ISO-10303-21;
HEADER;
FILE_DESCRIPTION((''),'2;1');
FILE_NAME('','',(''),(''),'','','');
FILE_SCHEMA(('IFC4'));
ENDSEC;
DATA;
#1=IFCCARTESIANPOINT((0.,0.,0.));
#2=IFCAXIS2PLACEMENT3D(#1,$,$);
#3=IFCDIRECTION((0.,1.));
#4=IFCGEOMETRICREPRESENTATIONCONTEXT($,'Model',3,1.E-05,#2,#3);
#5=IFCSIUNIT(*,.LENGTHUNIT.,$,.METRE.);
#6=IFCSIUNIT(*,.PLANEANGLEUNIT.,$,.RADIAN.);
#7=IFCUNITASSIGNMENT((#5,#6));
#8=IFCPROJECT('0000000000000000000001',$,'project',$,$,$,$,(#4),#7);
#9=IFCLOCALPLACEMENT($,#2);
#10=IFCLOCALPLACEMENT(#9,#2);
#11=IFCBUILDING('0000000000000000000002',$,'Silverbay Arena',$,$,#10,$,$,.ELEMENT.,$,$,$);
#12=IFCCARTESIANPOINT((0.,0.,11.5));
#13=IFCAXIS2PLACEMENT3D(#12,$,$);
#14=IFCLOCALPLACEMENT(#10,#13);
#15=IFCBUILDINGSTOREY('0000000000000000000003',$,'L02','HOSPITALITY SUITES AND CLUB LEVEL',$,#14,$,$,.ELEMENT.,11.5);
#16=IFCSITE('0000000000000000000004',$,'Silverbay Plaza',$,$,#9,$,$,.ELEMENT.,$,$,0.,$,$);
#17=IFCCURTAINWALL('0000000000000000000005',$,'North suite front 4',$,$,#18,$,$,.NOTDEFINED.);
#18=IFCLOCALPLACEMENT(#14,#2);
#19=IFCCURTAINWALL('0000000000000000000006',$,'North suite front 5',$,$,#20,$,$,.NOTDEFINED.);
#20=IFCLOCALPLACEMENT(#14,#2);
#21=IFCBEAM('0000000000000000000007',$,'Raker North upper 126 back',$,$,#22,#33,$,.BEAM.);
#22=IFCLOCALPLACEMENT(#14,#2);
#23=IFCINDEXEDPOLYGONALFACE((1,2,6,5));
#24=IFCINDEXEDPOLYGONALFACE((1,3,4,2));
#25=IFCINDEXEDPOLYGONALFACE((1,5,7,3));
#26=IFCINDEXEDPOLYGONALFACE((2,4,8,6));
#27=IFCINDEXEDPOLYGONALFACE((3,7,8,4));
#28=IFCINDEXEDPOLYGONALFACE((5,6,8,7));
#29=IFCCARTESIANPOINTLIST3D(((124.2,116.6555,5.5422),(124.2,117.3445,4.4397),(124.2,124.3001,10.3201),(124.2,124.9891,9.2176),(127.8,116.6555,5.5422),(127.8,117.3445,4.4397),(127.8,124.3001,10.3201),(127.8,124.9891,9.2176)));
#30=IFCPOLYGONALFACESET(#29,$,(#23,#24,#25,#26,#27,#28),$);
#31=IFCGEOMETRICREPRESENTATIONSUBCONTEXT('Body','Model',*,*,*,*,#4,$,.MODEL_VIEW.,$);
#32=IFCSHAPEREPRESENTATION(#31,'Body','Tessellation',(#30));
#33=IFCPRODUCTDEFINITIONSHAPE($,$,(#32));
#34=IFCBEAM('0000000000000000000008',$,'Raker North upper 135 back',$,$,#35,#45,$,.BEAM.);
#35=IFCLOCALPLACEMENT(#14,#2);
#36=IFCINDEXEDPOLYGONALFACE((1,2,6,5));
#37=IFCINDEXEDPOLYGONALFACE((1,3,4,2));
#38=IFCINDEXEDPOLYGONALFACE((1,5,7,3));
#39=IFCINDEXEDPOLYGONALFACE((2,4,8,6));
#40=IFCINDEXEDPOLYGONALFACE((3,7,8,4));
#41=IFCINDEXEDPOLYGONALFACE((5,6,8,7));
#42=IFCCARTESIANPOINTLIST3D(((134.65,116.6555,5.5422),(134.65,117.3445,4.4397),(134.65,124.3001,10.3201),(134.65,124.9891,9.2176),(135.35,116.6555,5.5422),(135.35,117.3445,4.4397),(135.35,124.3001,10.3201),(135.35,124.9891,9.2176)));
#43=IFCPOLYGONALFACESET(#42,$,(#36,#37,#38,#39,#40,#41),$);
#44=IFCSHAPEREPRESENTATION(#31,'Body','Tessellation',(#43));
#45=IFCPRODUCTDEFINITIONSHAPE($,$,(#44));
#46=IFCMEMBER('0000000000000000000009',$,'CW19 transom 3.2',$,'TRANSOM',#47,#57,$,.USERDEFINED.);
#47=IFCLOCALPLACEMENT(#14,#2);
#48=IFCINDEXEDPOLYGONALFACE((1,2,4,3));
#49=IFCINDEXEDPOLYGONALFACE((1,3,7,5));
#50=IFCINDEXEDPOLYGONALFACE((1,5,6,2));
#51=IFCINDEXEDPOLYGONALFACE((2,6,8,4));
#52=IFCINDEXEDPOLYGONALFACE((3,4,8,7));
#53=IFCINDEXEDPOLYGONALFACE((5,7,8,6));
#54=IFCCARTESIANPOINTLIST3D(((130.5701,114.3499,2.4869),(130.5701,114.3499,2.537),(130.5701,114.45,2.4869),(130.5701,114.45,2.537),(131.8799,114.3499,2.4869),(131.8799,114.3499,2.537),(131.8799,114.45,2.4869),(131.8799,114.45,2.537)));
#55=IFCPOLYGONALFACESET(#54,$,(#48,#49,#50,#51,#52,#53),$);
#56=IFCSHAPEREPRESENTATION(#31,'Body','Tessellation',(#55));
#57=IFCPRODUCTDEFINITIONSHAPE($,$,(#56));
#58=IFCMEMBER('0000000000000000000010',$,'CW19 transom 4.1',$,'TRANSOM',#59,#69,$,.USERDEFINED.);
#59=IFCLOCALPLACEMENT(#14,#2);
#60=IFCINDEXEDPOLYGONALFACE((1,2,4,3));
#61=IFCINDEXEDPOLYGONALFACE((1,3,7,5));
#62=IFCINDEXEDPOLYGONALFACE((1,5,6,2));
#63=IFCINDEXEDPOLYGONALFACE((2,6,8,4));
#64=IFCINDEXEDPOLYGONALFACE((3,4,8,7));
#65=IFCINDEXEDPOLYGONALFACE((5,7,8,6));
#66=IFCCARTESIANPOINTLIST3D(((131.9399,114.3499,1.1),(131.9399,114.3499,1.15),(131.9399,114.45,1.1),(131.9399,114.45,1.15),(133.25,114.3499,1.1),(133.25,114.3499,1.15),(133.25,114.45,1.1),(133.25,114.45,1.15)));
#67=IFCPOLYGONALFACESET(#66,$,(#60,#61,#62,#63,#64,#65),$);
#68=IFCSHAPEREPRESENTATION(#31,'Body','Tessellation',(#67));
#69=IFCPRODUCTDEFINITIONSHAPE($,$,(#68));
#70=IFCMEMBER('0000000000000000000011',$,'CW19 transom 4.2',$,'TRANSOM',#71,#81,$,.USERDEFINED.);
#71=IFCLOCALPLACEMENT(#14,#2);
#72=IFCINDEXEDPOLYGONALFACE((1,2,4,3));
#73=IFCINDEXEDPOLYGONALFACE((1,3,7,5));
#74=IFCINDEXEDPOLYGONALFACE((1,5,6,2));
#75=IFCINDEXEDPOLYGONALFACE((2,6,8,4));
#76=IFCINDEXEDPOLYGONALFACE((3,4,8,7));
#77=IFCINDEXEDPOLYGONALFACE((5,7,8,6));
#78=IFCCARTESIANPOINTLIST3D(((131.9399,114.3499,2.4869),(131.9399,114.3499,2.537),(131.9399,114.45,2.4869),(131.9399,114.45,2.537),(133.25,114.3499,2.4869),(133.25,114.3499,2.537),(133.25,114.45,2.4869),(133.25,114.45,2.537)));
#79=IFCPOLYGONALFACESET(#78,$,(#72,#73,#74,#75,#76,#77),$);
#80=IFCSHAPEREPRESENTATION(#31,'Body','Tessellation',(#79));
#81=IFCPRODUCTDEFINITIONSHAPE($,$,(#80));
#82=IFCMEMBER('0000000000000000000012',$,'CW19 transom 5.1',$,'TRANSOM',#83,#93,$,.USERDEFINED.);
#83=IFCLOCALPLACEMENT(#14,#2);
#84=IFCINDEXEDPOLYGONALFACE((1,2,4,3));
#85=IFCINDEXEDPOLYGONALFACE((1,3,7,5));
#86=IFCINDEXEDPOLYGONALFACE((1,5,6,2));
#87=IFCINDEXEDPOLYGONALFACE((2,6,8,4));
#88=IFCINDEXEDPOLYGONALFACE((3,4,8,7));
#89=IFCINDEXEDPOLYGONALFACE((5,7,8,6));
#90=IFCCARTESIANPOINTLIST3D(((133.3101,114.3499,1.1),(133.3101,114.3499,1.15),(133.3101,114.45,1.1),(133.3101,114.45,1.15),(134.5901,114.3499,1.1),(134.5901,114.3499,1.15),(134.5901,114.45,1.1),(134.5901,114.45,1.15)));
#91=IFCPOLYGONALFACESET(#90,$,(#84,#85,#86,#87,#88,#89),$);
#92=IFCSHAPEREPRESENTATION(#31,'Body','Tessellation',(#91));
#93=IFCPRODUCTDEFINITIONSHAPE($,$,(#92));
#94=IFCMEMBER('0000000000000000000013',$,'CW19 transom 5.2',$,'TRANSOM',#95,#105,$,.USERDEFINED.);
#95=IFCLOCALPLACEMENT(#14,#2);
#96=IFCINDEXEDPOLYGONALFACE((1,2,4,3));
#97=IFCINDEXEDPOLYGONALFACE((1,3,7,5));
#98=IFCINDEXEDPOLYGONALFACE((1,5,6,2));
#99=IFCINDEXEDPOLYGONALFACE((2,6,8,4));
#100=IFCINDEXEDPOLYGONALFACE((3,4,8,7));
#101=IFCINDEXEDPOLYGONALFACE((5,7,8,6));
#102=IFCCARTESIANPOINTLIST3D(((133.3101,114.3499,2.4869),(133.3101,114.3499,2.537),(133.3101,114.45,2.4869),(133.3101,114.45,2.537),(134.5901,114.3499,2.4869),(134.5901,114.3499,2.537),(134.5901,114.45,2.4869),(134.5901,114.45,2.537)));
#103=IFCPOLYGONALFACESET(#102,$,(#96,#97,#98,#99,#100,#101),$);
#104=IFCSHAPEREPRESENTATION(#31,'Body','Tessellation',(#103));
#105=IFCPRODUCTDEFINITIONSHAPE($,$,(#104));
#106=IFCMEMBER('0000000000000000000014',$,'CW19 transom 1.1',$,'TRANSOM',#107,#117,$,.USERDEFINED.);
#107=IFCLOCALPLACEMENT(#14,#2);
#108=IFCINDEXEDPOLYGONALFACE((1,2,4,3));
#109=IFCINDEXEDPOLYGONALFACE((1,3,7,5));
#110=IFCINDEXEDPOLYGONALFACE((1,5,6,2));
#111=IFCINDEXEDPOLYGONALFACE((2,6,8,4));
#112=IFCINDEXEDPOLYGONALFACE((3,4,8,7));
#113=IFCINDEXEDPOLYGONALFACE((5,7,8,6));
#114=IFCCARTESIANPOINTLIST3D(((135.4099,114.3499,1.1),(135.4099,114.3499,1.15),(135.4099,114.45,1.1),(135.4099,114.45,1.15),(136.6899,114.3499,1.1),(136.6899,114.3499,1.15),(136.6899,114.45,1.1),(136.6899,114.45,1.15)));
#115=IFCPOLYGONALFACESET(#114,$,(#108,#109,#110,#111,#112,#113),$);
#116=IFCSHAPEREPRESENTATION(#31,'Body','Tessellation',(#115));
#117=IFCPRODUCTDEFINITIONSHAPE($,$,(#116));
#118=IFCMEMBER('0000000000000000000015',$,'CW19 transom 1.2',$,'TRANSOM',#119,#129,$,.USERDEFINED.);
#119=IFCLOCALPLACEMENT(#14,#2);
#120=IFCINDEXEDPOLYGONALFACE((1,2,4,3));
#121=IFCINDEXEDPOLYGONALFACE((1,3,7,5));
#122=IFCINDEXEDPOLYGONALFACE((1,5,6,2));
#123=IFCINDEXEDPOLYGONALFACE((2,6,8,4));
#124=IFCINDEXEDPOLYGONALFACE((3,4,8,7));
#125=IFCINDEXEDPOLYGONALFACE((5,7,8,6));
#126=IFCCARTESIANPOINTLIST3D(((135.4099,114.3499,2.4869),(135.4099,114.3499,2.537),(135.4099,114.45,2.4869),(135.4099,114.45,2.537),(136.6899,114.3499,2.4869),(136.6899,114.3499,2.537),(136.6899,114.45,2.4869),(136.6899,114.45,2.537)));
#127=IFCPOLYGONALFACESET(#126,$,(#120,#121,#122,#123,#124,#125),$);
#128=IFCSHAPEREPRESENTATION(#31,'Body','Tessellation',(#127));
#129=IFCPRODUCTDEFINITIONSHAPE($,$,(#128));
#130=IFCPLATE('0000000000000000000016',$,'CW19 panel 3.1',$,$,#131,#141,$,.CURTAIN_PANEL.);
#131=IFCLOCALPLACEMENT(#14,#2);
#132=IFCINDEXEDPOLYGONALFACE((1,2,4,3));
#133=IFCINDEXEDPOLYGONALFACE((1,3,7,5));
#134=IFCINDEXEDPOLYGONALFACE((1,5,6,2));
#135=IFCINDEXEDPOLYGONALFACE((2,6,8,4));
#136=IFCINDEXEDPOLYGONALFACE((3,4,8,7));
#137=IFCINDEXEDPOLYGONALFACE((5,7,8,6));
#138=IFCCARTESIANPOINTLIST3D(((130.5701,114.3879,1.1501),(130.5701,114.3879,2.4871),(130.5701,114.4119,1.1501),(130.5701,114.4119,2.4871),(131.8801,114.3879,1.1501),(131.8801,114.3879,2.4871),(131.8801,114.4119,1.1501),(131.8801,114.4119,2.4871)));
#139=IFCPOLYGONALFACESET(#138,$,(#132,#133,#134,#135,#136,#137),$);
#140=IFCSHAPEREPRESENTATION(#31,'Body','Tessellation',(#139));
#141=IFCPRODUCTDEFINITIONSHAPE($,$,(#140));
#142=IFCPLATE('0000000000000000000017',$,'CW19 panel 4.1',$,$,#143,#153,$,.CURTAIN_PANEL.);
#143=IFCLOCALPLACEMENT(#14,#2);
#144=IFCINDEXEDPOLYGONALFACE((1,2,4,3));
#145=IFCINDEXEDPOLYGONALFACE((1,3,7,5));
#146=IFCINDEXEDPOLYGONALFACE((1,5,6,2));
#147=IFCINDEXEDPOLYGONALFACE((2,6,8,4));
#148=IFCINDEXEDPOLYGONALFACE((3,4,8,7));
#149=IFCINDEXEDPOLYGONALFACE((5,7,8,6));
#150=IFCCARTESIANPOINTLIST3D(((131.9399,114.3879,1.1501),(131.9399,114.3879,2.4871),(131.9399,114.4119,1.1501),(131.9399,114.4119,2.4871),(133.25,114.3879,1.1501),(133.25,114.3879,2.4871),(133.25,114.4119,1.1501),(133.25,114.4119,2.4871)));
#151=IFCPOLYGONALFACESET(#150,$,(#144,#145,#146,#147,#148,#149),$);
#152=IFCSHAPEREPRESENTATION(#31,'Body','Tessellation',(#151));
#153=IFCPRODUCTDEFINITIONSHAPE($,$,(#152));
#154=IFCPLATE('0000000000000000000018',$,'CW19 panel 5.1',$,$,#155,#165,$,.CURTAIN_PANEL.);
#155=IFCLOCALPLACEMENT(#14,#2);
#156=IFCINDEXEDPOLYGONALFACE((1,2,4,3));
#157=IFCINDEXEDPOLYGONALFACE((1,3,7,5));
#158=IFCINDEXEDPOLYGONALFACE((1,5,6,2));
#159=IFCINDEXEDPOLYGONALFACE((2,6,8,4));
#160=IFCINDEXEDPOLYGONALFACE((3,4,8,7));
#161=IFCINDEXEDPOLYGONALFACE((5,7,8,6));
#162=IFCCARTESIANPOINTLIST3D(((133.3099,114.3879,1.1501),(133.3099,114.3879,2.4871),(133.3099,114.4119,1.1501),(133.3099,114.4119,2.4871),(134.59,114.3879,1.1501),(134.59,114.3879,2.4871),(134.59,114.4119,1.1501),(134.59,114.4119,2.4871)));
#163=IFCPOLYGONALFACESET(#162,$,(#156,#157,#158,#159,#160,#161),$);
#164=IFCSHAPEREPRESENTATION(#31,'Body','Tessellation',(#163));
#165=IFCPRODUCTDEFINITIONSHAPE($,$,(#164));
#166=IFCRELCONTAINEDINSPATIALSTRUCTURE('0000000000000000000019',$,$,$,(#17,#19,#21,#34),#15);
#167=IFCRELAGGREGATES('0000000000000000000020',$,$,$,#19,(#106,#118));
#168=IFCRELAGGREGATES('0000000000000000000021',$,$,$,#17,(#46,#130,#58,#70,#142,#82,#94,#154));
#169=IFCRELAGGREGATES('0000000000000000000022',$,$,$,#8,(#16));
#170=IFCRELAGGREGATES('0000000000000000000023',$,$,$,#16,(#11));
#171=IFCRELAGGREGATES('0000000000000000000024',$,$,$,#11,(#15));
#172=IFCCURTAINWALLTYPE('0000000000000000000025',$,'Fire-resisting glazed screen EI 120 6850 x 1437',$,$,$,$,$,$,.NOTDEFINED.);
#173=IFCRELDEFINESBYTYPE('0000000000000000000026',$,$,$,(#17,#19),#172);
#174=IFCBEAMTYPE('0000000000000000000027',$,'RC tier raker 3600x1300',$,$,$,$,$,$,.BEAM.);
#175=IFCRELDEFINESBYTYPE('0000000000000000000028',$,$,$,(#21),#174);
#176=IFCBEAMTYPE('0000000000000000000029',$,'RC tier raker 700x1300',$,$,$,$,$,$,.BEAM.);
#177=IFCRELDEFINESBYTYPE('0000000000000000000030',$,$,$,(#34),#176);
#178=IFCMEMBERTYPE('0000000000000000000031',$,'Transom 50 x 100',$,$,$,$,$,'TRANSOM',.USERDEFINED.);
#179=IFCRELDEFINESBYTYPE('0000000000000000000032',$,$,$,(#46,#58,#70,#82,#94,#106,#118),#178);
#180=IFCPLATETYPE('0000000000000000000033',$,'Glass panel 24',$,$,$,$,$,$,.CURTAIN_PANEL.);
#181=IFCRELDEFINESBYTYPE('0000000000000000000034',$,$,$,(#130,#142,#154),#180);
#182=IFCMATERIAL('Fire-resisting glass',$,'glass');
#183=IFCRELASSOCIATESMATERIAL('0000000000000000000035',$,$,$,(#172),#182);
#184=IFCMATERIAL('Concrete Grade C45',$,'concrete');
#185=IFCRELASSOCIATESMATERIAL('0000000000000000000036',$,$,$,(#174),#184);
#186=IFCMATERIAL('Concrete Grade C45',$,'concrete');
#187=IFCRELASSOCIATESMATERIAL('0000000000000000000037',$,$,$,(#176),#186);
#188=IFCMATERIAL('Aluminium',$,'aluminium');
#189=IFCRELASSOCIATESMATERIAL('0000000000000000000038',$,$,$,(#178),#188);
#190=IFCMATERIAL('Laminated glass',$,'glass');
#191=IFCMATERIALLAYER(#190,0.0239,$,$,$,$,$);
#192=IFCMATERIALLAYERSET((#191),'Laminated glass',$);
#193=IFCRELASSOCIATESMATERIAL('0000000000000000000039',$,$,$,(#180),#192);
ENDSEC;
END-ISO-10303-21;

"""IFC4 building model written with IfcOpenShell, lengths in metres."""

from ifc_helpers import new_model, si_unit, direction, frame, origin, origin_2d, place, context, subcontext, project, spatial, rectangle, extrude, material, layer, layer_set, material_profile, profile_set, type_object, element, aggregate, save


model = new_model("IFC4")

# Units and contexts
model_context = context("Model", 3, precision=1e-05, world=origin(), true_north=direction((0.0, 1.0)))
body_context = subcontext(model_context, "Body", "Model", "MODEL_VIEW")
ifc_project = project(units=[si_unit("LENGTHUNIT", "METRE"), si_unit("PLANEANGLEUNIT", "RADIAN")], contexts=[model_context])

# Site, building, storey
site_placement = place(None, origin())
site = spatial("IfcSite", under=ifc_project, at=site_placement, Name="Silverbay Plaza", CompositionType="ELEMENT", RefElevation=0.0)
building_placement = place(site_placement, origin())
building = spatial("IfcBuilding", under=site, at=building_placement, Name="Silverbay Arena", CompositionType="ELEMENT")
storey_placement = place(building_placement, frame((0.0, 0.0, 11.5)))
storey = spatial("IfcBuildingStorey", under=building, at=storey_placement, Name="L02", Description="HOSPITALITY SUITES AND CLUB LEVEL", CompositionType="ELEMENT", Elevation=11.5)

# Curtain wall
ifc_material_1 = material(Name="Fire-resisting glass", Category="glass")
curtain_wall_type = type_object("IfcCurtainWallType", Name="Fire-resisting glazed screen EI 120 6850 x 1437", PredefinedType="NOTDEFINED", material=ifc_material_1)
curtain_wall_1_placement = place(storey_placement, origin())
curtain_wall_1 = element("IfcCurtainWall", 1, at=curtain_wall_1_placement, inside=storey, type_object=curtain_wall_type, Name="North suite front 4", PredefinedType="NOTDEFINED")

# Curtain wall
curtain_wall_2_placement = place(storey_placement, origin())
curtain_wall_2 = element("IfcCurtainWall", 2, at=curtain_wall_2_placement, inside=storey, type_object=curtain_wall_type, Name="North suite front 5", PredefinedType="NOTDEFINED")

# Beams
ifc_material_2 = material(Name="Concrete Grade C45", Category="concrete")
ifc_material_profile_1 = material_profile(ifc_material_2, rectangle(XDim=3.6001, YDim=1.3, at=origin_2d()), Name="RC 3600x1300")
ifc_profile_set_1 = profile_set([ifc_material_profile_1], Name="Concrete Grade C45")
beam_type_1 = type_object("IfcBeamType", Name="RC tier raker 3600x1300", PredefinedType="BEAM", material=ifc_profile_set_1)
beam_1_placement = place(storey_placement, frame((126.0, 117.0, 4.991), z_axis=(0.0, 0.847998, 0.529999), x_axis=(-1.0, 0.0, 0.0)))
element("IfcBeam", 3, at=beam_1_placement, inside=storey, type_object=beam_type_1, Name="Raker North upper 126 back", PredefinedType="BEAM", context=body_context, shape_type="SweptSolid", body=[
    extrude(rectangle(XDim=3.6001, YDim=1.3, at=origin_2d()), origin(), (0.0, 0.0, 1.0), 9.0149),
])
ifc_material_3 = material(Name="Concrete Grade C45", Category="concrete")
ifc_material_profile_2 = material_profile(ifc_material_3, rectangle(XDim=0.7, YDim=1.3, at=origin_2d()), Name="RC 700x1300")
ifc_profile_set_2 = profile_set([ifc_material_profile_2], Name="Concrete Grade C45")
beam_type_2 = type_object("IfcBeamType", Name="RC tier raker 700x1300", PredefinedType="BEAM", material=ifc_profile_set_2)
beam_2_placement = place(storey_placement, frame((135.0, 117.0, 4.991), z_axis=(0.0, 0.847998, 0.529999), x_axis=(-1.0, 0.0, 0.0)))
element("IfcBeam", 4, at=beam_2_placement, inside=storey, type_object=beam_type_2, Name="Raker North upper 135 back", PredefinedType="BEAM", context=body_context, shape_type="SweptSolid", body=[
    extrude(rectangle(XDim=0.7, YDim=1.3, at=origin_2d()), origin(), (0.0, 0.0, 1.0), 9.0149),
])

# Members
ifc_material_4 = material(Name="Aluminium", Category="aluminium")
ifc_material_profile_3 = material_profile(ifc_material_4, rectangle(XDim=0.1001, YDim=0.05, at=origin_2d()), Name="Transom 50 x 100")
ifc_profile_set_3 = profile_set([ifc_material_profile_3], Name="Aluminium")
member_type_1 = type_object("IfcMemberType", Name="Transom 50 x 100", ElementType="TRANSOM", PredefinedType="USERDEFINED", material=ifc_profile_set_3)
member_1_placement = place(storey_placement, frame((130.5701, 114.3999, 2.512), z_axis=(1.0, 0.0, 0.0), x_axis=(0.0, 1.0, 0.0)))
member_1 = element("IfcMember", 5, at=member_1_placement, type_object=member_type_1, Name="CW19 transom 3.2", ObjectType="TRANSOM", PredefinedType="USERDEFINED", context=body_context, shape_type="SweptSolid", body=[
    extrude(rectangle(XDim=0.1001, YDim=0.05, at=origin_2d()), origin(), (0.0, 0.0, 1.0), 1.3098),
])
member_2_placement = place(storey_placement, frame((131.9399, 114.3999, 1.125), z_axis=(1.0, 0.0, 0.0), x_axis=(0.0, 1.0, 0.0)))
member_2 = element("IfcMember", 6, at=member_2_placement, type_object=member_type_1, Name="CW19 transom 4.1", ObjectType="TRANSOM", PredefinedType="USERDEFINED", context=body_context, shape_type="SweptSolid", body=[
    extrude(rectangle(XDim=0.1001, YDim=0.05, at=origin_2d()), origin(), (0.0, 0.0, 1.0), 1.3101),
])
member_3_placement = place(storey_placement, frame((131.9399, 114.3999, 2.512), z_axis=(1.0, 0.0, 0.0), x_axis=(0.0, 1.0, 0.0)))
member_3 = element("IfcMember", 7, at=member_3_placement, type_object=member_type_1, Name="CW19 transom 4.2", ObjectType="TRANSOM", PredefinedType="USERDEFINED", context=body_context, shape_type="SweptSolid", body=[
    extrude(rectangle(XDim=0.1001, YDim=0.05, at=origin_2d()), origin(), (0.0, 0.0, 1.0), 1.3101),
])
member_4_placement = place(storey_placement, frame((133.3101, 114.3999, 1.125), z_axis=(1.0, 0.0, 0.0), x_axis=(0.0, 1.0, 0.0)))
member_4 = element("IfcMember", 8, at=member_4_placement, type_object=member_type_1, Name="CW19 transom 5.1", ObjectType="TRANSOM", PredefinedType="USERDEFINED", context=body_context, shape_type="SweptSolid", body=[
    extrude(rectangle(XDim=0.1001, YDim=0.05, at=origin_2d()), origin(), (0.0, 0.0, 1.0), 1.28),
])
member_5_placement = place(storey_placement, frame((133.3101, 114.3999, 2.512), z_axis=(1.0, 0.0, 0.0), x_axis=(0.0, 1.0, 0.0)))
member_5 = element("IfcMember", 9, at=member_5_placement, type_object=member_type_1, Name="CW19 transom 5.2", ObjectType="TRANSOM", PredefinedType="USERDEFINED", context=body_context, shape_type="SweptSolid", body=[
    extrude(rectangle(XDim=0.1001, YDim=0.05, at=origin_2d()), origin(), (0.0, 0.0, 1.0), 1.28),
])
member_6_placement = place(storey_placement, frame((135.4099, 114.3999, 1.125), z_axis=(1.0, 0.0, 0.0), x_axis=(0.0, 1.0, 0.0)))
member_6 = element("IfcMember", 10, at=member_6_placement, type_object=member_type_1, Name="CW19 transom 1.1", ObjectType="TRANSOM", PredefinedType="USERDEFINED", context=body_context, shape_type="SweptSolid", body=[
    extrude(rectangle(XDim=0.1001, YDim=0.05, at=origin_2d()), origin(), (0.0, 0.0, 1.0), 1.28),
])
member_7_placement = place(storey_placement, frame((135.4099, 114.3999, 2.512), z_axis=(1.0, 0.0, 0.0), x_axis=(0.0, 1.0, 0.0)))
member_7 = element("IfcMember", 11, at=member_7_placement, type_object=member_type_1, Name="CW19 transom 1.2", ObjectType="TRANSOM", PredefinedType="USERDEFINED", context=body_context, shape_type="SweptSolid", body=[
    extrude(rectangle(XDim=0.1001, YDim=0.05, at=origin_2d()), origin(), (0.0, 0.0, 1.0), 1.28),
])
aggregate(curtain_wall_2, [member_6, member_7])

# Plates
ifc_material_5 = material(Name="Laminated glass", Category="glass")
ifc_layer_1 = layer(ifc_material_5, 0.0239)
ifc_layer_set_1 = layer_set([ifc_layer_1], Name="Laminated glass")
plate_type = type_object("IfcPlateType", Name="Glass panel 24", PredefinedType="CURTAIN_PANEL", material=ifc_layer_set_1)
plate_1_placement = place(storey_placement, frame((131.2251, 114.3999, 1.1501), z_axis=(0.0, 0.0, 1.0), x_axis=(1.0, 0.0, 0.0)))
plate_1 = element("IfcPlate", 12, at=plate_1_placement, type_object=plate_type, Name="CW19 panel 3.1", PredefinedType="CURTAIN_PANEL", context=body_context, shape_type="SweptSolid", body=[
    extrude(rectangle(XDim=1.3101, YDim=0.0239, at=origin_2d()), origin(), (0.0, 0.0, 1.0), 1.3369),
])
plate_2_placement = place(storey_placement, frame((132.595, 114.3999, 1.1501), z_axis=(0.0, 0.0, 1.0), x_axis=(1.0, 0.0, 0.0)))
plate_2 = element("IfcPlate", 13, at=plate_2_placement, type_object=plate_type, Name="CW19 panel 4.1", PredefinedType="CURTAIN_PANEL", context=body_context, shape_type="SweptSolid", body=[
    extrude(rectangle(XDim=1.3101, YDim=0.0239, at=origin_2d()), origin(), (0.0, 0.0, 1.0), 1.3369),
])
plate_3_placement = place(storey_placement, frame((133.95, 114.3999, 1.1501), z_axis=(0.0, 0.0, 1.0), x_axis=(1.0, 0.0, 0.0)))
plate_3 = element("IfcPlate", 14, at=plate_3_placement, type_object=plate_type, Name="CW19 panel 5.1", PredefinedType="CURTAIN_PANEL", context=body_context, shape_type="SweptSolid", body=[
    extrude(rectangle(XDim=1.28, YDim=0.0239, at=origin_2d()), origin(), (0.0, 0.0, 1.0), 1.3369),
])
aggregate(curtain_wall_1, [member_1, plate_1, member_2, member_3, plate_2, member_4, member_5, plate_3])

save(model, "model.ifc")
